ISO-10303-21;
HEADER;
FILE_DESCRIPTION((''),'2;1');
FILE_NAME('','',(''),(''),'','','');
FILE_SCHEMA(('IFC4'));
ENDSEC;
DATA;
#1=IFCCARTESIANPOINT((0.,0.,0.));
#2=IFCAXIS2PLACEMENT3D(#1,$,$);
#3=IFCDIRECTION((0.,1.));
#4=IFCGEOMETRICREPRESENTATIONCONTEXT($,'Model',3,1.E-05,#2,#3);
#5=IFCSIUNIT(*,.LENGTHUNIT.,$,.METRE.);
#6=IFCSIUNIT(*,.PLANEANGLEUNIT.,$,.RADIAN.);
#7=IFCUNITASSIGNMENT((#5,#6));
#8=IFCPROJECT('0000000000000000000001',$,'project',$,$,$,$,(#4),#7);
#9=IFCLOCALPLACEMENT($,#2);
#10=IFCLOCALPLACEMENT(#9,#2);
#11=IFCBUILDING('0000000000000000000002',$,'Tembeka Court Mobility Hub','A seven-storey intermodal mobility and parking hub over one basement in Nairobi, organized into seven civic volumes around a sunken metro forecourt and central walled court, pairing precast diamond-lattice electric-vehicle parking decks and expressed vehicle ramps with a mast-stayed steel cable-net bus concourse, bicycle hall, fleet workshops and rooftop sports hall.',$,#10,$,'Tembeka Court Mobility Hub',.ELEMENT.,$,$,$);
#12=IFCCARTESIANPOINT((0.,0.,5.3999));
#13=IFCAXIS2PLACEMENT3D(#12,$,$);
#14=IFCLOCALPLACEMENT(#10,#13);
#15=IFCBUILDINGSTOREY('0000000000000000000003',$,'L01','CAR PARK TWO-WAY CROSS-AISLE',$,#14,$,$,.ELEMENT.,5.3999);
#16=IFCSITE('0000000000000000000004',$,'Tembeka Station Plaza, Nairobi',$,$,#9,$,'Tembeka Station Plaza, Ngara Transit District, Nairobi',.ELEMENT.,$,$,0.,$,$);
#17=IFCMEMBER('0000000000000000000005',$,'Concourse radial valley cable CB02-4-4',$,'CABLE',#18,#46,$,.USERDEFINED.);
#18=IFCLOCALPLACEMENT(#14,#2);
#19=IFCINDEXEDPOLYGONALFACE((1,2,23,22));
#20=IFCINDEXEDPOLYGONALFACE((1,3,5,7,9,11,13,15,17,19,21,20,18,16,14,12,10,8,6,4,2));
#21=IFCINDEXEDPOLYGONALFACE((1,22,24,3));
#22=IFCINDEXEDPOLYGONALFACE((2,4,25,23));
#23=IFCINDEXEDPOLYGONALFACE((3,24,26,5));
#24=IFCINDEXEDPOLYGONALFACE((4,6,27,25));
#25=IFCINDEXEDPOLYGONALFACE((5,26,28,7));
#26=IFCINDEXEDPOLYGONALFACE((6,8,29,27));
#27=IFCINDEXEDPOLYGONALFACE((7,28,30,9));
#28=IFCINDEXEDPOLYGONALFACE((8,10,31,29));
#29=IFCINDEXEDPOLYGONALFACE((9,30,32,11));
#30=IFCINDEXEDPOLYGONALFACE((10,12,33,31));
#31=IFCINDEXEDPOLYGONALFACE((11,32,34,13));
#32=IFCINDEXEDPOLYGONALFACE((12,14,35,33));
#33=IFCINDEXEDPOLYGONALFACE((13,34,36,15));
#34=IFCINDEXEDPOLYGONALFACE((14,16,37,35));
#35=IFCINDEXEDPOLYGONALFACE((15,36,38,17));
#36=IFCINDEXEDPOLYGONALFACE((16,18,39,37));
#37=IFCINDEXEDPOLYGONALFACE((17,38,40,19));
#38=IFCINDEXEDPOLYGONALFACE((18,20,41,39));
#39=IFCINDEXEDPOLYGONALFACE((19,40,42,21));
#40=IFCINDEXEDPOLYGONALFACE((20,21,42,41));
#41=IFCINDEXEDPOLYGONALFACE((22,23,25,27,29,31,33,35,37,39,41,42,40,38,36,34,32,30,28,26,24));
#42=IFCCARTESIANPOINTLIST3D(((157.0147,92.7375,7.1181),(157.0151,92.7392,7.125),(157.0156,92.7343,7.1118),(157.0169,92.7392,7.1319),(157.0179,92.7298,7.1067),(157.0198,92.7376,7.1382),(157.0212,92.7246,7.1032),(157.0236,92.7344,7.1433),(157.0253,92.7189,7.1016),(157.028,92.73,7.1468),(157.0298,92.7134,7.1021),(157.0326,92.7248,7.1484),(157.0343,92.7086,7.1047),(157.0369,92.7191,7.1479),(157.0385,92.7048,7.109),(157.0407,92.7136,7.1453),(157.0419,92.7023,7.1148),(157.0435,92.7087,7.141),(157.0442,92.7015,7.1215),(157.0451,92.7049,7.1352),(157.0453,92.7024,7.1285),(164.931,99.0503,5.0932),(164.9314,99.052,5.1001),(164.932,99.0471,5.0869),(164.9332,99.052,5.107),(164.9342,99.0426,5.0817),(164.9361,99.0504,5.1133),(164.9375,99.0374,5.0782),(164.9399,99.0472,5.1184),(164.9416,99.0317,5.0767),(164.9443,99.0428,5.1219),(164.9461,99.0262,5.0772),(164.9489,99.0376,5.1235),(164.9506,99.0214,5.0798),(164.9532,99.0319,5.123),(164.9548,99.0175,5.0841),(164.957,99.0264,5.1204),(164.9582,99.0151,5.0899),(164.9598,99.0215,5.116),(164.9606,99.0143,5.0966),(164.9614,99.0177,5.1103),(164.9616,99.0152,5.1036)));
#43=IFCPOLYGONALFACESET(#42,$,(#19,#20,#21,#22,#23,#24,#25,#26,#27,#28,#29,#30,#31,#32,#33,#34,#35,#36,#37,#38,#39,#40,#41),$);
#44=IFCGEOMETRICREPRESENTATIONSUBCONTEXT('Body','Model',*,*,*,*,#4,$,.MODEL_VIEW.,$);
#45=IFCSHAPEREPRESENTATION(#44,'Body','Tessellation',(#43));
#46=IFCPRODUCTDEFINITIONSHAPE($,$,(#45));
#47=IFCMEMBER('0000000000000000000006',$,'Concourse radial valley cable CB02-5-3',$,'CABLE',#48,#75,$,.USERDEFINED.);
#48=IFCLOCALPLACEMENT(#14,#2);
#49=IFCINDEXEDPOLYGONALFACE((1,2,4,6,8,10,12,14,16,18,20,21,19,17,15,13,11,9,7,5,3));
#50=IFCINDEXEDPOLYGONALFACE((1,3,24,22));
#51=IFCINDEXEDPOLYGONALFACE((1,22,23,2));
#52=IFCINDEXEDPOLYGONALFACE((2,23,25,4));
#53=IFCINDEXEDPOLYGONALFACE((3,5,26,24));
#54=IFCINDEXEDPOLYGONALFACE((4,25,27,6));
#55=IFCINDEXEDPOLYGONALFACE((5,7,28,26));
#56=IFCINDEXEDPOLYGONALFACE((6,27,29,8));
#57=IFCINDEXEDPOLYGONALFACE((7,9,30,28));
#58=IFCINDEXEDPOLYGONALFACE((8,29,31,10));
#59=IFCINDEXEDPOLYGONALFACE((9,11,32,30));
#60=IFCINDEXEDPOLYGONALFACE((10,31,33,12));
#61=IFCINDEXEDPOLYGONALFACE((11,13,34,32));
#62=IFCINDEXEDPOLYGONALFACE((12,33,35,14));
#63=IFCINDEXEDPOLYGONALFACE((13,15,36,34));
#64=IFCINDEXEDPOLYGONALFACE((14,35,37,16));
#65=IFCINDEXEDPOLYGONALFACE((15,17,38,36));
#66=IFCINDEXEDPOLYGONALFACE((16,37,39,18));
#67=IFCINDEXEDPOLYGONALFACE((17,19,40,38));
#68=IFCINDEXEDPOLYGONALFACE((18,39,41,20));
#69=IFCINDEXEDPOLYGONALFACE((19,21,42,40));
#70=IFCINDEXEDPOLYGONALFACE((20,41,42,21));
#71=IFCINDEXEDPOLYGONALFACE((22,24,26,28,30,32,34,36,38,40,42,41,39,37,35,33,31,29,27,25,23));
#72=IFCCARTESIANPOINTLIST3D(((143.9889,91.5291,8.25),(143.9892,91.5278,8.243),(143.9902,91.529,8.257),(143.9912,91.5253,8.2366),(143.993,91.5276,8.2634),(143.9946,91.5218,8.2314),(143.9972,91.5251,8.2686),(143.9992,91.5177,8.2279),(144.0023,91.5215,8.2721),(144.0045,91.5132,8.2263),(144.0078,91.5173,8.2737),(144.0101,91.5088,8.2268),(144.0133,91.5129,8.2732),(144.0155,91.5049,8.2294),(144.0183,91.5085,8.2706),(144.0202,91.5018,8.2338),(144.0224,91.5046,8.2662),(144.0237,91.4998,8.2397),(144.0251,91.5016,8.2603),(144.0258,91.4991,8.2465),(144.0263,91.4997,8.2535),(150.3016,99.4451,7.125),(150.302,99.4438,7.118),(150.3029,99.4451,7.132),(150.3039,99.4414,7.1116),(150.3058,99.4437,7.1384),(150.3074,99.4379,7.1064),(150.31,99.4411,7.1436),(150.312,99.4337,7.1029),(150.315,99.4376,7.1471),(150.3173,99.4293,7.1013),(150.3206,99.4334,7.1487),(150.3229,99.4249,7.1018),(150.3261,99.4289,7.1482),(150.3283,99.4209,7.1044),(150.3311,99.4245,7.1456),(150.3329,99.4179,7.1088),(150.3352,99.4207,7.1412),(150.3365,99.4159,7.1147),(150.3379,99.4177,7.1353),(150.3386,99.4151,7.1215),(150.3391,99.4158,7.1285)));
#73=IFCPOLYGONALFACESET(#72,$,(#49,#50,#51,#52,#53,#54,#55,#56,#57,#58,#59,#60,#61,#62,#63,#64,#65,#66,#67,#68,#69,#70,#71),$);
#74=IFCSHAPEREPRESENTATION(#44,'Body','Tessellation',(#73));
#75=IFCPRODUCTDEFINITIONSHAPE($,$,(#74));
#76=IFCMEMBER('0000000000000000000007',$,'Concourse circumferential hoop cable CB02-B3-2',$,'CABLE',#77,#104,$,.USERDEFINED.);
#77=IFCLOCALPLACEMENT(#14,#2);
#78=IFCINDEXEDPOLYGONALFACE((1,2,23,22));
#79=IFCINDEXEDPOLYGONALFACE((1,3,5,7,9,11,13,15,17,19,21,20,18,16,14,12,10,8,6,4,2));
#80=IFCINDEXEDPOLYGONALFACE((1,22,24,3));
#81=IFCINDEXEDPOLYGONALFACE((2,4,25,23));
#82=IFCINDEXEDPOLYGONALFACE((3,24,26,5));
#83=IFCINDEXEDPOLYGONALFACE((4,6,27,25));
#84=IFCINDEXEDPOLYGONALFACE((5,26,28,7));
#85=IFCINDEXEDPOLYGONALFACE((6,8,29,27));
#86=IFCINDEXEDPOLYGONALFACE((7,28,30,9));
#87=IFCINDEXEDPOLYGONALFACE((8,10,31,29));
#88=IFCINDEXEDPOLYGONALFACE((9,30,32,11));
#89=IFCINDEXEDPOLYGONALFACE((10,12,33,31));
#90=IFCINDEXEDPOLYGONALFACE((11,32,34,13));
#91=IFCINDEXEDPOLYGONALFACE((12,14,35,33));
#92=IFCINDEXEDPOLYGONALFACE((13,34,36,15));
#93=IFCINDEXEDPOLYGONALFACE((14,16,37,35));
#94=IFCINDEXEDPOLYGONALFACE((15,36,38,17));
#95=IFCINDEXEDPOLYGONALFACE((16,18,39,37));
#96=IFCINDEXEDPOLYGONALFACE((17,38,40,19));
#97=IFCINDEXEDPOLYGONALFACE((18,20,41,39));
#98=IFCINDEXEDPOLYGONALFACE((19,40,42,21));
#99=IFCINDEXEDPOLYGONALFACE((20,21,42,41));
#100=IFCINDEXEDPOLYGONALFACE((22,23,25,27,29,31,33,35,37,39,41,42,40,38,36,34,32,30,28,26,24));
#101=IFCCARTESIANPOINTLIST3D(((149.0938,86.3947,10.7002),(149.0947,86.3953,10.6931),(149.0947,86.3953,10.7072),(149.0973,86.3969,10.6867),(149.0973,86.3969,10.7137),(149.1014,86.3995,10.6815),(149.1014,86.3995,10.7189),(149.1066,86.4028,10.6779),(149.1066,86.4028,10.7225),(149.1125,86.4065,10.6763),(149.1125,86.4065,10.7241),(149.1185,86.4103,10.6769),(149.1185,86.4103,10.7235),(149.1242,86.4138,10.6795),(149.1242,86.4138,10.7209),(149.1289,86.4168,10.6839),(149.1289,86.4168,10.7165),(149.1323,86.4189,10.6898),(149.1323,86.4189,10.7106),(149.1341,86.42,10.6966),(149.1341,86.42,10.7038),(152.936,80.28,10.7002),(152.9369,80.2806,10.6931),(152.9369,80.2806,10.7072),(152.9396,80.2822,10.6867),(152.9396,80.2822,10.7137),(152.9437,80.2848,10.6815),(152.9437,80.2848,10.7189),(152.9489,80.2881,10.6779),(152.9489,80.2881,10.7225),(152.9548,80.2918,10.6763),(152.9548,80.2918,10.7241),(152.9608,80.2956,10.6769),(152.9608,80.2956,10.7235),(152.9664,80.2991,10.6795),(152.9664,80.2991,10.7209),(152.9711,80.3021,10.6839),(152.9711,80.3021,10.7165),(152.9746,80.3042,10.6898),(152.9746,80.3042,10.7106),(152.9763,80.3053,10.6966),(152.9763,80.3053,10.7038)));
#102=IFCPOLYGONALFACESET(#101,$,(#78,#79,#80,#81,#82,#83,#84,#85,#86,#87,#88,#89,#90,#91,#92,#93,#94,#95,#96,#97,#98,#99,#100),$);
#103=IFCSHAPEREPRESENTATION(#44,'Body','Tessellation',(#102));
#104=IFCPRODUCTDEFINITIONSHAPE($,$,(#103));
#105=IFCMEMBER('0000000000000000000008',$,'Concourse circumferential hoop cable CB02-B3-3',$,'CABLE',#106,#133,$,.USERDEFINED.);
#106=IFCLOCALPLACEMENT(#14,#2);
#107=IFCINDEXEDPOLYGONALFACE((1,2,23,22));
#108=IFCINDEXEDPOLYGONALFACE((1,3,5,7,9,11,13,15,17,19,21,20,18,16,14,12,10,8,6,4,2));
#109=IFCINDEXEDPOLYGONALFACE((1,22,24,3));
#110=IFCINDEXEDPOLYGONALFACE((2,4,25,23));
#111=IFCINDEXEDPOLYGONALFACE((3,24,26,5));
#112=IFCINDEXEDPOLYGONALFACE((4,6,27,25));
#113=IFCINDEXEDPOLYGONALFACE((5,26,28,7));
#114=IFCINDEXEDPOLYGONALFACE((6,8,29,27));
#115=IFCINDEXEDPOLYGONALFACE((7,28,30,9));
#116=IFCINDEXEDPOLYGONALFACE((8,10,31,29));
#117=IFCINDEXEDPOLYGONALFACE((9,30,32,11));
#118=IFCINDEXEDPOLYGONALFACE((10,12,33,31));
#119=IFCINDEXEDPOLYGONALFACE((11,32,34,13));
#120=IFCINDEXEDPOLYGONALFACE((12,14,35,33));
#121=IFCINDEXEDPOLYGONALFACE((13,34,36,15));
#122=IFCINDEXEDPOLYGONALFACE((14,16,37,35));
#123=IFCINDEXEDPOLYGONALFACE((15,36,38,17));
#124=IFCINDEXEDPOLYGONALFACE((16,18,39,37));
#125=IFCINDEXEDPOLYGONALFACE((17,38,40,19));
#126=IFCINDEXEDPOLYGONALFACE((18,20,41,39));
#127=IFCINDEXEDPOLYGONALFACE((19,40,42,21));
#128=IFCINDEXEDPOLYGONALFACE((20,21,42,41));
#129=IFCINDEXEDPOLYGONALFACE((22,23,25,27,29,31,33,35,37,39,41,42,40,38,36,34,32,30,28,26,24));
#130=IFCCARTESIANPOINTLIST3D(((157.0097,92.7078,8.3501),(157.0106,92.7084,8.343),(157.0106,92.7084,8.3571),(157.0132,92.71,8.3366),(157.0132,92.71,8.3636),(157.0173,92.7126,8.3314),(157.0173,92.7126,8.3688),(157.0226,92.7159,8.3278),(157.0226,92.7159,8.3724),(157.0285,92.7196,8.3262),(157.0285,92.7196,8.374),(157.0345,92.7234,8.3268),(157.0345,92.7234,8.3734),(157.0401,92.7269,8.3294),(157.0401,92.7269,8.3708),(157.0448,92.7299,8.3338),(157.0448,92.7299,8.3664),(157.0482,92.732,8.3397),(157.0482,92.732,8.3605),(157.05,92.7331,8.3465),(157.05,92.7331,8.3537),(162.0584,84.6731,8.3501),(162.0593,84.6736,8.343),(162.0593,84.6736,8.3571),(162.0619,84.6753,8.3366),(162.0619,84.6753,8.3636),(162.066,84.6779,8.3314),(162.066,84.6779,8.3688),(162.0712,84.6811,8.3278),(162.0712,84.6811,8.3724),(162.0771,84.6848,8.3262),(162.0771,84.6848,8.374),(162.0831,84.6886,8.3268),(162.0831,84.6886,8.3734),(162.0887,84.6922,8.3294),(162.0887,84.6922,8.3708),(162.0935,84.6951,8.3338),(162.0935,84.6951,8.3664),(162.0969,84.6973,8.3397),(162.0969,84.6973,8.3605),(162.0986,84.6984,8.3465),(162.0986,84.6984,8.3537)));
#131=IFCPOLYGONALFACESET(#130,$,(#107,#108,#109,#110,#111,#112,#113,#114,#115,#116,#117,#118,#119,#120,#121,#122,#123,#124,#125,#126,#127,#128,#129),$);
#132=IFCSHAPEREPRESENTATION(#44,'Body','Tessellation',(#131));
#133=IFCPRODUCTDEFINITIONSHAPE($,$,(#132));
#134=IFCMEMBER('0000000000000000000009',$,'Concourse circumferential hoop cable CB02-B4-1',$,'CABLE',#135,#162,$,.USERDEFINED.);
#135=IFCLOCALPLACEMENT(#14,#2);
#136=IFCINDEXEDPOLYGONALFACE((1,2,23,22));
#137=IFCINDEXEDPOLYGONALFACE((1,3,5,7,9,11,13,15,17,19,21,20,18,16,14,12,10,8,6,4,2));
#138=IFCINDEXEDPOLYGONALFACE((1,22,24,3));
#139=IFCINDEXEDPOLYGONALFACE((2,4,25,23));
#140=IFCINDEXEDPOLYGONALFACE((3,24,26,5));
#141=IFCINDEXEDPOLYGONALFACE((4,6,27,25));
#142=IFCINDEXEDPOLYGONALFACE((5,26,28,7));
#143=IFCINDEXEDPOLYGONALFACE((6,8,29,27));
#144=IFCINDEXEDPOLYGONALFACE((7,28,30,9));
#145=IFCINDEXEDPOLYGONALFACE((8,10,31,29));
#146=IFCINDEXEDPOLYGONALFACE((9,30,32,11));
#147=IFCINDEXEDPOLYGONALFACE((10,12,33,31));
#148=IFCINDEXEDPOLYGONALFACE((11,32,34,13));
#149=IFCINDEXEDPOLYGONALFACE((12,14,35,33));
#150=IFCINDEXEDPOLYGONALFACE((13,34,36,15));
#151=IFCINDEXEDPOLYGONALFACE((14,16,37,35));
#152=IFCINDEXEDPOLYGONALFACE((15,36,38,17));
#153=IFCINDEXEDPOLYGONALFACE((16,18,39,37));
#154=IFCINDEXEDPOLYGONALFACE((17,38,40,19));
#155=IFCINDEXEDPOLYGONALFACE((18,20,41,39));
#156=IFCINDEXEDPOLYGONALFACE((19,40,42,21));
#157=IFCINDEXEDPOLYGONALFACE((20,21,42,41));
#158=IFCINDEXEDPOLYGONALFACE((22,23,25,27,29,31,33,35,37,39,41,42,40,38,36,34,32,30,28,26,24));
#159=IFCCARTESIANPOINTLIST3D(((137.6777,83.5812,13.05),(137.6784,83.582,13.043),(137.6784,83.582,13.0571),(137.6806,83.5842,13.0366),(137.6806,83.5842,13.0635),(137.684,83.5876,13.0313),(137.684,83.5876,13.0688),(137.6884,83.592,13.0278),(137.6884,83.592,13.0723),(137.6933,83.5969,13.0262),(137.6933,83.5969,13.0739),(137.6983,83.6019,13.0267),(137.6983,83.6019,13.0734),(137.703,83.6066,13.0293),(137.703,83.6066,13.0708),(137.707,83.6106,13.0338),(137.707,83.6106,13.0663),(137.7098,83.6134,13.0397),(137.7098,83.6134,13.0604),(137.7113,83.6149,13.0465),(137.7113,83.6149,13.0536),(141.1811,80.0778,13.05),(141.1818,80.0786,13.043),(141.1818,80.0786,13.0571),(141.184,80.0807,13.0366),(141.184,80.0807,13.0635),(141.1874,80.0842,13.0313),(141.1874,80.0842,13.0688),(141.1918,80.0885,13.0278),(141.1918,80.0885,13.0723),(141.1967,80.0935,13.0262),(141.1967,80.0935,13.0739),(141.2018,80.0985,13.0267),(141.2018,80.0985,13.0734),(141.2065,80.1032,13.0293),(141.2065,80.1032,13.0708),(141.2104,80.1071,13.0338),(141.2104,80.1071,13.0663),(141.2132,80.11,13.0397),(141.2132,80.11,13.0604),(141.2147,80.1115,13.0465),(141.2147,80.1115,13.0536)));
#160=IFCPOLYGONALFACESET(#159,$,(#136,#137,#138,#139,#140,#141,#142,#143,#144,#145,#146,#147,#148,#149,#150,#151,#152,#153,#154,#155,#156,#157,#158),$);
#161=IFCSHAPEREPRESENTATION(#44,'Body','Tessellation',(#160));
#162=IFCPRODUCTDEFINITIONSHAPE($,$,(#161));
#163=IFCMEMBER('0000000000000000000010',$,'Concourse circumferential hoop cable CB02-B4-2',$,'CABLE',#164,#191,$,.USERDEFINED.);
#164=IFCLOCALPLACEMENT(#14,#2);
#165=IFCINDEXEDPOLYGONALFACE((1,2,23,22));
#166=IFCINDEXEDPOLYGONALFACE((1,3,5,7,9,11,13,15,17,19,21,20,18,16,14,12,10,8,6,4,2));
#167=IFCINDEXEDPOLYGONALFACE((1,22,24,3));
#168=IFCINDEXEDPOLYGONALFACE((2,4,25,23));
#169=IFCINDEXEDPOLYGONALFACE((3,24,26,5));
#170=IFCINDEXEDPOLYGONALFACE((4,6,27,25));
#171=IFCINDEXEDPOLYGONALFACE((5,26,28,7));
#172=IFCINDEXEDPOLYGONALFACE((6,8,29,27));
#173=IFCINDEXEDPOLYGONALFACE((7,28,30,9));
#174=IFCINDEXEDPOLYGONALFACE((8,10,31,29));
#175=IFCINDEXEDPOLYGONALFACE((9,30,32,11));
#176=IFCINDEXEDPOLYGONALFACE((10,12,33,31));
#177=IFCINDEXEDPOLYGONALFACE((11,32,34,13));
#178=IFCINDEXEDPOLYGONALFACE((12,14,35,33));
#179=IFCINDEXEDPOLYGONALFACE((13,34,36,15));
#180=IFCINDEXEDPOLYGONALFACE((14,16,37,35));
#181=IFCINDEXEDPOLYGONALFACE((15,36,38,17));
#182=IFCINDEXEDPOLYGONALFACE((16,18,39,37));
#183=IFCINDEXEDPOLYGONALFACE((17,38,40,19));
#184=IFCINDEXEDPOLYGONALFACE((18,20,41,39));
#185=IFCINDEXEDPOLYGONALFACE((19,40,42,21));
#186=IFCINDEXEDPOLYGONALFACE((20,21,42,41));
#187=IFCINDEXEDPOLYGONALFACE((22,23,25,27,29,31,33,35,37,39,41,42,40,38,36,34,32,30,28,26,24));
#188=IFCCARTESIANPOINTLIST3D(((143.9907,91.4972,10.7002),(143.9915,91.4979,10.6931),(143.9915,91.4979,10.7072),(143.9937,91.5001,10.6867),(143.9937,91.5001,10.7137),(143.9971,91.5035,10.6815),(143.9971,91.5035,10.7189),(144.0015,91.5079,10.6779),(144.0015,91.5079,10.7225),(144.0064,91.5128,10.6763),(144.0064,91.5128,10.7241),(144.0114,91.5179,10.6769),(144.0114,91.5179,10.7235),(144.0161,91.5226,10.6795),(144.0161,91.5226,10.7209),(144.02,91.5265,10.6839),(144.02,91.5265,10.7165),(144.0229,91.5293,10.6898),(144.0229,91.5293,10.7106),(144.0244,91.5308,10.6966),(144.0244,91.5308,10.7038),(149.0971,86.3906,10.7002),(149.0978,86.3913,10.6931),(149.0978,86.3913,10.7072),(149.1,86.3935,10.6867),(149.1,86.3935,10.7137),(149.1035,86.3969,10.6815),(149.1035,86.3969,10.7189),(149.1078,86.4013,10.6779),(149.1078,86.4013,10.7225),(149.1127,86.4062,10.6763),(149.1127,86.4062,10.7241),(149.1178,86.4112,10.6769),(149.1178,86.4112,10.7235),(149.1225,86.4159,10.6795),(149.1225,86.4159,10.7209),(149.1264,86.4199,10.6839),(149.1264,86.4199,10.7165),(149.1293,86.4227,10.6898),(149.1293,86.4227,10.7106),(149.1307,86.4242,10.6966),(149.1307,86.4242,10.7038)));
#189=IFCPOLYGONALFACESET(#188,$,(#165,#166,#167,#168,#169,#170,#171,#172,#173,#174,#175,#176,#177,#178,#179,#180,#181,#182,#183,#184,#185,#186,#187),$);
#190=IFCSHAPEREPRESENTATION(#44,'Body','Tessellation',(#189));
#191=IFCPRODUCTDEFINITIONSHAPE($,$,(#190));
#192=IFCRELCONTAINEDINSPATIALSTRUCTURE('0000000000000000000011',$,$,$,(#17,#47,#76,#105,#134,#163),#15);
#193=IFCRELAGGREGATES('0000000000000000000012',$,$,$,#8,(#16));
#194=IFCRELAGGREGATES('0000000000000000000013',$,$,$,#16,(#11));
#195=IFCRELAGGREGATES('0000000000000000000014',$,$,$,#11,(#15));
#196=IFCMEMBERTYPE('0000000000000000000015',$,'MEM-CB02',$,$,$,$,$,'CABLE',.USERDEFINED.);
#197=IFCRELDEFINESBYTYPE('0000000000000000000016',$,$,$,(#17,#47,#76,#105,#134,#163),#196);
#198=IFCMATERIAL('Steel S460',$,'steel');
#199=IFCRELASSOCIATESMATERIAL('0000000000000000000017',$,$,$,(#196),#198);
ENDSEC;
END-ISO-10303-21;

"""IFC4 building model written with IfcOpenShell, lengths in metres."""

from ifc_helpers import new_model, si_unit, direction, frame, origin, origin_2d, place, context, subcontext, project, spatial, circle, extrude, material, material_profile, profile_set, type_object, element, save


model = new_model("IFC4")

# Units and contexts
model_context = context("Model", 3, precision=1e-05, world=origin(), true_north=direction((0.0, 1.0)))
body_context = subcontext(model_context, "Body", "Model", "MODEL_VIEW")
ifc_project = project(units=[si_unit("LENGTHUNIT", "METRE"), si_unit("PLANEANGLEUNIT", "RADIAN")], contexts=[model_context])

# Site, building, storey
site_placement = place(None, origin())
site = spatial("IfcSite", under=ifc_project, at=site_placement, Name="Tembeka Station Plaza, Nairobi", LongName="Tembeka Station Plaza, Ngara Transit District, Nairobi", CompositionType="ELEMENT", RefElevation=0.0)
building_placement = place(site_placement, origin())
building = spatial("IfcBuilding", under=site, at=building_placement, Name="Tembeka Court Mobility Hub", Description="A seven-storey intermodal mobility and parking hub over one basement in Nairobi, organized into seven civic volumes around a sunken metro forecourt and central walled court, pairing precast diamond-lattice electric-vehicle parking decks and expressed vehicle ramps with a mast-stayed steel cable-net bus concourse, bicycle hall, fleet workshops and rooftop sports hall.", LongName="Tembeka Court Mobility Hub", CompositionType="ELEMENT")
storey_placement = place(building_placement, frame((0.0, 0.0, 5.3999)))
storey = spatial("IfcBuildingStorey", under=building, at=storey_placement, Name="L01", Description="CAR PARK TWO-WAY CROSS-AISLE", CompositionType="ELEMENT", Elevation=5.3999)

# Members
ifc_material_1 = material(Name="Steel S460", Category="steel")
ifc_material_profile_1 = material_profile(ifc_material_1, circle(Radius=0.0239, at=origin_2d()), Name="CABLE D48")
ifc_profile_set_1 = profile_set([ifc_material_profile_1], Name="Steel S460")
member_type_1 = type_object("IfcMemberType", Name="MEM-CB02", ElementType="CABLE", PredefinedType="USERDEFINED", material=ifc_profile_set_1)
member_1_placement = place(storey_placement, frame((157.03, 92.7205, 7.125), z_axis=(0.766663, 0.611368, -0.196105), x_axis=(-0.623474, 0.781844, 0.0)))
element("IfcMember", 1, at=member_1_placement, inside=storey, type_object=member_type_1, Name="Concourse radial valley cable CB02-4-4", ObjectType="CABLE", PredefinedType="USERDEFINED", context=body_context, shape_type="SweptSolid", body=[
    extrude(circle(Radius=0.0239, at=origin_2d()), origin(), (0.0, 0.0, 1.0), 10.3257),
])
member_2_placement = place(storey_placement, frame((144.0076, 91.5142, 8.25), z_axis=(0.619672, 0.777053, -0.110432), x_axis=(-0.781835, 0.623486, 0.0)))
element("IfcMember", 2, at=member_2_placement, inside=storey, type_object=member_type_1, Name="Concourse radial valley cable CB02-5-3", ObjectType="CABLE", PredefinedType="USERDEFINED", context=body_context, shape_type="SweptSolid", body=[
    extrude(circle(Radius=0.0239, at=origin_2d()), origin(), (0.0, 0.0, 1.0), 10.1873),
])
member_3_placement = place(storey_placement, frame((152.9563, 80.2927, 10.7002), z_axis=(-0.532046, 0.846716, 0.0), x_axis=(-0.846716, -0.532046, 0.0)))
element("IfcMember", 3, at=member_3_placement, inside=storey, type_object=member_type_1, Name="Concourse circumferential hoop cable CB02-B3-2", ObjectType="CABLE", PredefinedType="USERDEFINED", context=body_context, shape_type="SweptSolid", body=[
    extrude(circle(Radius=0.0239, at=origin_2d()), origin(), (0.0, 0.0, 1.0), 7.2217),
])
member_4_placement = place(storey_placement, frame((162.0786, 84.6858, 8.3501), z_axis=(-0.532037, 0.846721, 0.0), x_axis=(-0.846721, -0.532037, 0.0)))
element("IfcMember", 4, at=member_4_placement, inside=storey, type_object=member_type_1, Name="Concourse circumferential hoop cable CB02-B3-3", ObjectType="CABLE", PredefinedType="USERDEFINED", context=body_context, shape_type="SweptSolid", body=[
    extrude(circle(Radius=0.0239, at=origin_2d()), origin(), (0.0, 0.0, 1.0), 9.4893),
])
member_5_placement = place(storey_placement, frame((141.198, 80.0947, 13.05), z_axis=(-0.707107, 0.707107, 0.0), x_axis=(-0.707107, -0.707107, 0.0)))
element("IfcMember", 5, at=member_5_placement, inside=storey, type_object=member_type_1, Name="Concourse circumferential hoop cable CB02-B4-1", ObjectType="CABLE", PredefinedType="USERDEFINED", context=body_context, shape_type="SweptSolid", body=[
    extrude(circle(Radius=0.0239, at=origin_2d()), origin(), (0.0, 0.0, 1.0), 4.9546),
])
member_6_placement = place(storey_placement, frame((149.114, 86.4075, 10.7002), z_axis=(-0.70709, 0.707124, 0.0), x_axis=(-0.707124, -0.70709, 0.0)))
element("IfcMember", 6, at=member_6_placement, inside=storey, type_object=member_type_1, Name="Concourse circumferential hoop cable CB02-B4-2", ObjectType="CABLE", PredefinedType="USERDEFINED", context=body_context, shape_type="SweptSolid", body=[
    extrude(circle(Radius=0.0239, at=origin_2d()), origin(), (0.0, 0.0, 1.0), 7.2217),
])

save(model, "model.ifc")
